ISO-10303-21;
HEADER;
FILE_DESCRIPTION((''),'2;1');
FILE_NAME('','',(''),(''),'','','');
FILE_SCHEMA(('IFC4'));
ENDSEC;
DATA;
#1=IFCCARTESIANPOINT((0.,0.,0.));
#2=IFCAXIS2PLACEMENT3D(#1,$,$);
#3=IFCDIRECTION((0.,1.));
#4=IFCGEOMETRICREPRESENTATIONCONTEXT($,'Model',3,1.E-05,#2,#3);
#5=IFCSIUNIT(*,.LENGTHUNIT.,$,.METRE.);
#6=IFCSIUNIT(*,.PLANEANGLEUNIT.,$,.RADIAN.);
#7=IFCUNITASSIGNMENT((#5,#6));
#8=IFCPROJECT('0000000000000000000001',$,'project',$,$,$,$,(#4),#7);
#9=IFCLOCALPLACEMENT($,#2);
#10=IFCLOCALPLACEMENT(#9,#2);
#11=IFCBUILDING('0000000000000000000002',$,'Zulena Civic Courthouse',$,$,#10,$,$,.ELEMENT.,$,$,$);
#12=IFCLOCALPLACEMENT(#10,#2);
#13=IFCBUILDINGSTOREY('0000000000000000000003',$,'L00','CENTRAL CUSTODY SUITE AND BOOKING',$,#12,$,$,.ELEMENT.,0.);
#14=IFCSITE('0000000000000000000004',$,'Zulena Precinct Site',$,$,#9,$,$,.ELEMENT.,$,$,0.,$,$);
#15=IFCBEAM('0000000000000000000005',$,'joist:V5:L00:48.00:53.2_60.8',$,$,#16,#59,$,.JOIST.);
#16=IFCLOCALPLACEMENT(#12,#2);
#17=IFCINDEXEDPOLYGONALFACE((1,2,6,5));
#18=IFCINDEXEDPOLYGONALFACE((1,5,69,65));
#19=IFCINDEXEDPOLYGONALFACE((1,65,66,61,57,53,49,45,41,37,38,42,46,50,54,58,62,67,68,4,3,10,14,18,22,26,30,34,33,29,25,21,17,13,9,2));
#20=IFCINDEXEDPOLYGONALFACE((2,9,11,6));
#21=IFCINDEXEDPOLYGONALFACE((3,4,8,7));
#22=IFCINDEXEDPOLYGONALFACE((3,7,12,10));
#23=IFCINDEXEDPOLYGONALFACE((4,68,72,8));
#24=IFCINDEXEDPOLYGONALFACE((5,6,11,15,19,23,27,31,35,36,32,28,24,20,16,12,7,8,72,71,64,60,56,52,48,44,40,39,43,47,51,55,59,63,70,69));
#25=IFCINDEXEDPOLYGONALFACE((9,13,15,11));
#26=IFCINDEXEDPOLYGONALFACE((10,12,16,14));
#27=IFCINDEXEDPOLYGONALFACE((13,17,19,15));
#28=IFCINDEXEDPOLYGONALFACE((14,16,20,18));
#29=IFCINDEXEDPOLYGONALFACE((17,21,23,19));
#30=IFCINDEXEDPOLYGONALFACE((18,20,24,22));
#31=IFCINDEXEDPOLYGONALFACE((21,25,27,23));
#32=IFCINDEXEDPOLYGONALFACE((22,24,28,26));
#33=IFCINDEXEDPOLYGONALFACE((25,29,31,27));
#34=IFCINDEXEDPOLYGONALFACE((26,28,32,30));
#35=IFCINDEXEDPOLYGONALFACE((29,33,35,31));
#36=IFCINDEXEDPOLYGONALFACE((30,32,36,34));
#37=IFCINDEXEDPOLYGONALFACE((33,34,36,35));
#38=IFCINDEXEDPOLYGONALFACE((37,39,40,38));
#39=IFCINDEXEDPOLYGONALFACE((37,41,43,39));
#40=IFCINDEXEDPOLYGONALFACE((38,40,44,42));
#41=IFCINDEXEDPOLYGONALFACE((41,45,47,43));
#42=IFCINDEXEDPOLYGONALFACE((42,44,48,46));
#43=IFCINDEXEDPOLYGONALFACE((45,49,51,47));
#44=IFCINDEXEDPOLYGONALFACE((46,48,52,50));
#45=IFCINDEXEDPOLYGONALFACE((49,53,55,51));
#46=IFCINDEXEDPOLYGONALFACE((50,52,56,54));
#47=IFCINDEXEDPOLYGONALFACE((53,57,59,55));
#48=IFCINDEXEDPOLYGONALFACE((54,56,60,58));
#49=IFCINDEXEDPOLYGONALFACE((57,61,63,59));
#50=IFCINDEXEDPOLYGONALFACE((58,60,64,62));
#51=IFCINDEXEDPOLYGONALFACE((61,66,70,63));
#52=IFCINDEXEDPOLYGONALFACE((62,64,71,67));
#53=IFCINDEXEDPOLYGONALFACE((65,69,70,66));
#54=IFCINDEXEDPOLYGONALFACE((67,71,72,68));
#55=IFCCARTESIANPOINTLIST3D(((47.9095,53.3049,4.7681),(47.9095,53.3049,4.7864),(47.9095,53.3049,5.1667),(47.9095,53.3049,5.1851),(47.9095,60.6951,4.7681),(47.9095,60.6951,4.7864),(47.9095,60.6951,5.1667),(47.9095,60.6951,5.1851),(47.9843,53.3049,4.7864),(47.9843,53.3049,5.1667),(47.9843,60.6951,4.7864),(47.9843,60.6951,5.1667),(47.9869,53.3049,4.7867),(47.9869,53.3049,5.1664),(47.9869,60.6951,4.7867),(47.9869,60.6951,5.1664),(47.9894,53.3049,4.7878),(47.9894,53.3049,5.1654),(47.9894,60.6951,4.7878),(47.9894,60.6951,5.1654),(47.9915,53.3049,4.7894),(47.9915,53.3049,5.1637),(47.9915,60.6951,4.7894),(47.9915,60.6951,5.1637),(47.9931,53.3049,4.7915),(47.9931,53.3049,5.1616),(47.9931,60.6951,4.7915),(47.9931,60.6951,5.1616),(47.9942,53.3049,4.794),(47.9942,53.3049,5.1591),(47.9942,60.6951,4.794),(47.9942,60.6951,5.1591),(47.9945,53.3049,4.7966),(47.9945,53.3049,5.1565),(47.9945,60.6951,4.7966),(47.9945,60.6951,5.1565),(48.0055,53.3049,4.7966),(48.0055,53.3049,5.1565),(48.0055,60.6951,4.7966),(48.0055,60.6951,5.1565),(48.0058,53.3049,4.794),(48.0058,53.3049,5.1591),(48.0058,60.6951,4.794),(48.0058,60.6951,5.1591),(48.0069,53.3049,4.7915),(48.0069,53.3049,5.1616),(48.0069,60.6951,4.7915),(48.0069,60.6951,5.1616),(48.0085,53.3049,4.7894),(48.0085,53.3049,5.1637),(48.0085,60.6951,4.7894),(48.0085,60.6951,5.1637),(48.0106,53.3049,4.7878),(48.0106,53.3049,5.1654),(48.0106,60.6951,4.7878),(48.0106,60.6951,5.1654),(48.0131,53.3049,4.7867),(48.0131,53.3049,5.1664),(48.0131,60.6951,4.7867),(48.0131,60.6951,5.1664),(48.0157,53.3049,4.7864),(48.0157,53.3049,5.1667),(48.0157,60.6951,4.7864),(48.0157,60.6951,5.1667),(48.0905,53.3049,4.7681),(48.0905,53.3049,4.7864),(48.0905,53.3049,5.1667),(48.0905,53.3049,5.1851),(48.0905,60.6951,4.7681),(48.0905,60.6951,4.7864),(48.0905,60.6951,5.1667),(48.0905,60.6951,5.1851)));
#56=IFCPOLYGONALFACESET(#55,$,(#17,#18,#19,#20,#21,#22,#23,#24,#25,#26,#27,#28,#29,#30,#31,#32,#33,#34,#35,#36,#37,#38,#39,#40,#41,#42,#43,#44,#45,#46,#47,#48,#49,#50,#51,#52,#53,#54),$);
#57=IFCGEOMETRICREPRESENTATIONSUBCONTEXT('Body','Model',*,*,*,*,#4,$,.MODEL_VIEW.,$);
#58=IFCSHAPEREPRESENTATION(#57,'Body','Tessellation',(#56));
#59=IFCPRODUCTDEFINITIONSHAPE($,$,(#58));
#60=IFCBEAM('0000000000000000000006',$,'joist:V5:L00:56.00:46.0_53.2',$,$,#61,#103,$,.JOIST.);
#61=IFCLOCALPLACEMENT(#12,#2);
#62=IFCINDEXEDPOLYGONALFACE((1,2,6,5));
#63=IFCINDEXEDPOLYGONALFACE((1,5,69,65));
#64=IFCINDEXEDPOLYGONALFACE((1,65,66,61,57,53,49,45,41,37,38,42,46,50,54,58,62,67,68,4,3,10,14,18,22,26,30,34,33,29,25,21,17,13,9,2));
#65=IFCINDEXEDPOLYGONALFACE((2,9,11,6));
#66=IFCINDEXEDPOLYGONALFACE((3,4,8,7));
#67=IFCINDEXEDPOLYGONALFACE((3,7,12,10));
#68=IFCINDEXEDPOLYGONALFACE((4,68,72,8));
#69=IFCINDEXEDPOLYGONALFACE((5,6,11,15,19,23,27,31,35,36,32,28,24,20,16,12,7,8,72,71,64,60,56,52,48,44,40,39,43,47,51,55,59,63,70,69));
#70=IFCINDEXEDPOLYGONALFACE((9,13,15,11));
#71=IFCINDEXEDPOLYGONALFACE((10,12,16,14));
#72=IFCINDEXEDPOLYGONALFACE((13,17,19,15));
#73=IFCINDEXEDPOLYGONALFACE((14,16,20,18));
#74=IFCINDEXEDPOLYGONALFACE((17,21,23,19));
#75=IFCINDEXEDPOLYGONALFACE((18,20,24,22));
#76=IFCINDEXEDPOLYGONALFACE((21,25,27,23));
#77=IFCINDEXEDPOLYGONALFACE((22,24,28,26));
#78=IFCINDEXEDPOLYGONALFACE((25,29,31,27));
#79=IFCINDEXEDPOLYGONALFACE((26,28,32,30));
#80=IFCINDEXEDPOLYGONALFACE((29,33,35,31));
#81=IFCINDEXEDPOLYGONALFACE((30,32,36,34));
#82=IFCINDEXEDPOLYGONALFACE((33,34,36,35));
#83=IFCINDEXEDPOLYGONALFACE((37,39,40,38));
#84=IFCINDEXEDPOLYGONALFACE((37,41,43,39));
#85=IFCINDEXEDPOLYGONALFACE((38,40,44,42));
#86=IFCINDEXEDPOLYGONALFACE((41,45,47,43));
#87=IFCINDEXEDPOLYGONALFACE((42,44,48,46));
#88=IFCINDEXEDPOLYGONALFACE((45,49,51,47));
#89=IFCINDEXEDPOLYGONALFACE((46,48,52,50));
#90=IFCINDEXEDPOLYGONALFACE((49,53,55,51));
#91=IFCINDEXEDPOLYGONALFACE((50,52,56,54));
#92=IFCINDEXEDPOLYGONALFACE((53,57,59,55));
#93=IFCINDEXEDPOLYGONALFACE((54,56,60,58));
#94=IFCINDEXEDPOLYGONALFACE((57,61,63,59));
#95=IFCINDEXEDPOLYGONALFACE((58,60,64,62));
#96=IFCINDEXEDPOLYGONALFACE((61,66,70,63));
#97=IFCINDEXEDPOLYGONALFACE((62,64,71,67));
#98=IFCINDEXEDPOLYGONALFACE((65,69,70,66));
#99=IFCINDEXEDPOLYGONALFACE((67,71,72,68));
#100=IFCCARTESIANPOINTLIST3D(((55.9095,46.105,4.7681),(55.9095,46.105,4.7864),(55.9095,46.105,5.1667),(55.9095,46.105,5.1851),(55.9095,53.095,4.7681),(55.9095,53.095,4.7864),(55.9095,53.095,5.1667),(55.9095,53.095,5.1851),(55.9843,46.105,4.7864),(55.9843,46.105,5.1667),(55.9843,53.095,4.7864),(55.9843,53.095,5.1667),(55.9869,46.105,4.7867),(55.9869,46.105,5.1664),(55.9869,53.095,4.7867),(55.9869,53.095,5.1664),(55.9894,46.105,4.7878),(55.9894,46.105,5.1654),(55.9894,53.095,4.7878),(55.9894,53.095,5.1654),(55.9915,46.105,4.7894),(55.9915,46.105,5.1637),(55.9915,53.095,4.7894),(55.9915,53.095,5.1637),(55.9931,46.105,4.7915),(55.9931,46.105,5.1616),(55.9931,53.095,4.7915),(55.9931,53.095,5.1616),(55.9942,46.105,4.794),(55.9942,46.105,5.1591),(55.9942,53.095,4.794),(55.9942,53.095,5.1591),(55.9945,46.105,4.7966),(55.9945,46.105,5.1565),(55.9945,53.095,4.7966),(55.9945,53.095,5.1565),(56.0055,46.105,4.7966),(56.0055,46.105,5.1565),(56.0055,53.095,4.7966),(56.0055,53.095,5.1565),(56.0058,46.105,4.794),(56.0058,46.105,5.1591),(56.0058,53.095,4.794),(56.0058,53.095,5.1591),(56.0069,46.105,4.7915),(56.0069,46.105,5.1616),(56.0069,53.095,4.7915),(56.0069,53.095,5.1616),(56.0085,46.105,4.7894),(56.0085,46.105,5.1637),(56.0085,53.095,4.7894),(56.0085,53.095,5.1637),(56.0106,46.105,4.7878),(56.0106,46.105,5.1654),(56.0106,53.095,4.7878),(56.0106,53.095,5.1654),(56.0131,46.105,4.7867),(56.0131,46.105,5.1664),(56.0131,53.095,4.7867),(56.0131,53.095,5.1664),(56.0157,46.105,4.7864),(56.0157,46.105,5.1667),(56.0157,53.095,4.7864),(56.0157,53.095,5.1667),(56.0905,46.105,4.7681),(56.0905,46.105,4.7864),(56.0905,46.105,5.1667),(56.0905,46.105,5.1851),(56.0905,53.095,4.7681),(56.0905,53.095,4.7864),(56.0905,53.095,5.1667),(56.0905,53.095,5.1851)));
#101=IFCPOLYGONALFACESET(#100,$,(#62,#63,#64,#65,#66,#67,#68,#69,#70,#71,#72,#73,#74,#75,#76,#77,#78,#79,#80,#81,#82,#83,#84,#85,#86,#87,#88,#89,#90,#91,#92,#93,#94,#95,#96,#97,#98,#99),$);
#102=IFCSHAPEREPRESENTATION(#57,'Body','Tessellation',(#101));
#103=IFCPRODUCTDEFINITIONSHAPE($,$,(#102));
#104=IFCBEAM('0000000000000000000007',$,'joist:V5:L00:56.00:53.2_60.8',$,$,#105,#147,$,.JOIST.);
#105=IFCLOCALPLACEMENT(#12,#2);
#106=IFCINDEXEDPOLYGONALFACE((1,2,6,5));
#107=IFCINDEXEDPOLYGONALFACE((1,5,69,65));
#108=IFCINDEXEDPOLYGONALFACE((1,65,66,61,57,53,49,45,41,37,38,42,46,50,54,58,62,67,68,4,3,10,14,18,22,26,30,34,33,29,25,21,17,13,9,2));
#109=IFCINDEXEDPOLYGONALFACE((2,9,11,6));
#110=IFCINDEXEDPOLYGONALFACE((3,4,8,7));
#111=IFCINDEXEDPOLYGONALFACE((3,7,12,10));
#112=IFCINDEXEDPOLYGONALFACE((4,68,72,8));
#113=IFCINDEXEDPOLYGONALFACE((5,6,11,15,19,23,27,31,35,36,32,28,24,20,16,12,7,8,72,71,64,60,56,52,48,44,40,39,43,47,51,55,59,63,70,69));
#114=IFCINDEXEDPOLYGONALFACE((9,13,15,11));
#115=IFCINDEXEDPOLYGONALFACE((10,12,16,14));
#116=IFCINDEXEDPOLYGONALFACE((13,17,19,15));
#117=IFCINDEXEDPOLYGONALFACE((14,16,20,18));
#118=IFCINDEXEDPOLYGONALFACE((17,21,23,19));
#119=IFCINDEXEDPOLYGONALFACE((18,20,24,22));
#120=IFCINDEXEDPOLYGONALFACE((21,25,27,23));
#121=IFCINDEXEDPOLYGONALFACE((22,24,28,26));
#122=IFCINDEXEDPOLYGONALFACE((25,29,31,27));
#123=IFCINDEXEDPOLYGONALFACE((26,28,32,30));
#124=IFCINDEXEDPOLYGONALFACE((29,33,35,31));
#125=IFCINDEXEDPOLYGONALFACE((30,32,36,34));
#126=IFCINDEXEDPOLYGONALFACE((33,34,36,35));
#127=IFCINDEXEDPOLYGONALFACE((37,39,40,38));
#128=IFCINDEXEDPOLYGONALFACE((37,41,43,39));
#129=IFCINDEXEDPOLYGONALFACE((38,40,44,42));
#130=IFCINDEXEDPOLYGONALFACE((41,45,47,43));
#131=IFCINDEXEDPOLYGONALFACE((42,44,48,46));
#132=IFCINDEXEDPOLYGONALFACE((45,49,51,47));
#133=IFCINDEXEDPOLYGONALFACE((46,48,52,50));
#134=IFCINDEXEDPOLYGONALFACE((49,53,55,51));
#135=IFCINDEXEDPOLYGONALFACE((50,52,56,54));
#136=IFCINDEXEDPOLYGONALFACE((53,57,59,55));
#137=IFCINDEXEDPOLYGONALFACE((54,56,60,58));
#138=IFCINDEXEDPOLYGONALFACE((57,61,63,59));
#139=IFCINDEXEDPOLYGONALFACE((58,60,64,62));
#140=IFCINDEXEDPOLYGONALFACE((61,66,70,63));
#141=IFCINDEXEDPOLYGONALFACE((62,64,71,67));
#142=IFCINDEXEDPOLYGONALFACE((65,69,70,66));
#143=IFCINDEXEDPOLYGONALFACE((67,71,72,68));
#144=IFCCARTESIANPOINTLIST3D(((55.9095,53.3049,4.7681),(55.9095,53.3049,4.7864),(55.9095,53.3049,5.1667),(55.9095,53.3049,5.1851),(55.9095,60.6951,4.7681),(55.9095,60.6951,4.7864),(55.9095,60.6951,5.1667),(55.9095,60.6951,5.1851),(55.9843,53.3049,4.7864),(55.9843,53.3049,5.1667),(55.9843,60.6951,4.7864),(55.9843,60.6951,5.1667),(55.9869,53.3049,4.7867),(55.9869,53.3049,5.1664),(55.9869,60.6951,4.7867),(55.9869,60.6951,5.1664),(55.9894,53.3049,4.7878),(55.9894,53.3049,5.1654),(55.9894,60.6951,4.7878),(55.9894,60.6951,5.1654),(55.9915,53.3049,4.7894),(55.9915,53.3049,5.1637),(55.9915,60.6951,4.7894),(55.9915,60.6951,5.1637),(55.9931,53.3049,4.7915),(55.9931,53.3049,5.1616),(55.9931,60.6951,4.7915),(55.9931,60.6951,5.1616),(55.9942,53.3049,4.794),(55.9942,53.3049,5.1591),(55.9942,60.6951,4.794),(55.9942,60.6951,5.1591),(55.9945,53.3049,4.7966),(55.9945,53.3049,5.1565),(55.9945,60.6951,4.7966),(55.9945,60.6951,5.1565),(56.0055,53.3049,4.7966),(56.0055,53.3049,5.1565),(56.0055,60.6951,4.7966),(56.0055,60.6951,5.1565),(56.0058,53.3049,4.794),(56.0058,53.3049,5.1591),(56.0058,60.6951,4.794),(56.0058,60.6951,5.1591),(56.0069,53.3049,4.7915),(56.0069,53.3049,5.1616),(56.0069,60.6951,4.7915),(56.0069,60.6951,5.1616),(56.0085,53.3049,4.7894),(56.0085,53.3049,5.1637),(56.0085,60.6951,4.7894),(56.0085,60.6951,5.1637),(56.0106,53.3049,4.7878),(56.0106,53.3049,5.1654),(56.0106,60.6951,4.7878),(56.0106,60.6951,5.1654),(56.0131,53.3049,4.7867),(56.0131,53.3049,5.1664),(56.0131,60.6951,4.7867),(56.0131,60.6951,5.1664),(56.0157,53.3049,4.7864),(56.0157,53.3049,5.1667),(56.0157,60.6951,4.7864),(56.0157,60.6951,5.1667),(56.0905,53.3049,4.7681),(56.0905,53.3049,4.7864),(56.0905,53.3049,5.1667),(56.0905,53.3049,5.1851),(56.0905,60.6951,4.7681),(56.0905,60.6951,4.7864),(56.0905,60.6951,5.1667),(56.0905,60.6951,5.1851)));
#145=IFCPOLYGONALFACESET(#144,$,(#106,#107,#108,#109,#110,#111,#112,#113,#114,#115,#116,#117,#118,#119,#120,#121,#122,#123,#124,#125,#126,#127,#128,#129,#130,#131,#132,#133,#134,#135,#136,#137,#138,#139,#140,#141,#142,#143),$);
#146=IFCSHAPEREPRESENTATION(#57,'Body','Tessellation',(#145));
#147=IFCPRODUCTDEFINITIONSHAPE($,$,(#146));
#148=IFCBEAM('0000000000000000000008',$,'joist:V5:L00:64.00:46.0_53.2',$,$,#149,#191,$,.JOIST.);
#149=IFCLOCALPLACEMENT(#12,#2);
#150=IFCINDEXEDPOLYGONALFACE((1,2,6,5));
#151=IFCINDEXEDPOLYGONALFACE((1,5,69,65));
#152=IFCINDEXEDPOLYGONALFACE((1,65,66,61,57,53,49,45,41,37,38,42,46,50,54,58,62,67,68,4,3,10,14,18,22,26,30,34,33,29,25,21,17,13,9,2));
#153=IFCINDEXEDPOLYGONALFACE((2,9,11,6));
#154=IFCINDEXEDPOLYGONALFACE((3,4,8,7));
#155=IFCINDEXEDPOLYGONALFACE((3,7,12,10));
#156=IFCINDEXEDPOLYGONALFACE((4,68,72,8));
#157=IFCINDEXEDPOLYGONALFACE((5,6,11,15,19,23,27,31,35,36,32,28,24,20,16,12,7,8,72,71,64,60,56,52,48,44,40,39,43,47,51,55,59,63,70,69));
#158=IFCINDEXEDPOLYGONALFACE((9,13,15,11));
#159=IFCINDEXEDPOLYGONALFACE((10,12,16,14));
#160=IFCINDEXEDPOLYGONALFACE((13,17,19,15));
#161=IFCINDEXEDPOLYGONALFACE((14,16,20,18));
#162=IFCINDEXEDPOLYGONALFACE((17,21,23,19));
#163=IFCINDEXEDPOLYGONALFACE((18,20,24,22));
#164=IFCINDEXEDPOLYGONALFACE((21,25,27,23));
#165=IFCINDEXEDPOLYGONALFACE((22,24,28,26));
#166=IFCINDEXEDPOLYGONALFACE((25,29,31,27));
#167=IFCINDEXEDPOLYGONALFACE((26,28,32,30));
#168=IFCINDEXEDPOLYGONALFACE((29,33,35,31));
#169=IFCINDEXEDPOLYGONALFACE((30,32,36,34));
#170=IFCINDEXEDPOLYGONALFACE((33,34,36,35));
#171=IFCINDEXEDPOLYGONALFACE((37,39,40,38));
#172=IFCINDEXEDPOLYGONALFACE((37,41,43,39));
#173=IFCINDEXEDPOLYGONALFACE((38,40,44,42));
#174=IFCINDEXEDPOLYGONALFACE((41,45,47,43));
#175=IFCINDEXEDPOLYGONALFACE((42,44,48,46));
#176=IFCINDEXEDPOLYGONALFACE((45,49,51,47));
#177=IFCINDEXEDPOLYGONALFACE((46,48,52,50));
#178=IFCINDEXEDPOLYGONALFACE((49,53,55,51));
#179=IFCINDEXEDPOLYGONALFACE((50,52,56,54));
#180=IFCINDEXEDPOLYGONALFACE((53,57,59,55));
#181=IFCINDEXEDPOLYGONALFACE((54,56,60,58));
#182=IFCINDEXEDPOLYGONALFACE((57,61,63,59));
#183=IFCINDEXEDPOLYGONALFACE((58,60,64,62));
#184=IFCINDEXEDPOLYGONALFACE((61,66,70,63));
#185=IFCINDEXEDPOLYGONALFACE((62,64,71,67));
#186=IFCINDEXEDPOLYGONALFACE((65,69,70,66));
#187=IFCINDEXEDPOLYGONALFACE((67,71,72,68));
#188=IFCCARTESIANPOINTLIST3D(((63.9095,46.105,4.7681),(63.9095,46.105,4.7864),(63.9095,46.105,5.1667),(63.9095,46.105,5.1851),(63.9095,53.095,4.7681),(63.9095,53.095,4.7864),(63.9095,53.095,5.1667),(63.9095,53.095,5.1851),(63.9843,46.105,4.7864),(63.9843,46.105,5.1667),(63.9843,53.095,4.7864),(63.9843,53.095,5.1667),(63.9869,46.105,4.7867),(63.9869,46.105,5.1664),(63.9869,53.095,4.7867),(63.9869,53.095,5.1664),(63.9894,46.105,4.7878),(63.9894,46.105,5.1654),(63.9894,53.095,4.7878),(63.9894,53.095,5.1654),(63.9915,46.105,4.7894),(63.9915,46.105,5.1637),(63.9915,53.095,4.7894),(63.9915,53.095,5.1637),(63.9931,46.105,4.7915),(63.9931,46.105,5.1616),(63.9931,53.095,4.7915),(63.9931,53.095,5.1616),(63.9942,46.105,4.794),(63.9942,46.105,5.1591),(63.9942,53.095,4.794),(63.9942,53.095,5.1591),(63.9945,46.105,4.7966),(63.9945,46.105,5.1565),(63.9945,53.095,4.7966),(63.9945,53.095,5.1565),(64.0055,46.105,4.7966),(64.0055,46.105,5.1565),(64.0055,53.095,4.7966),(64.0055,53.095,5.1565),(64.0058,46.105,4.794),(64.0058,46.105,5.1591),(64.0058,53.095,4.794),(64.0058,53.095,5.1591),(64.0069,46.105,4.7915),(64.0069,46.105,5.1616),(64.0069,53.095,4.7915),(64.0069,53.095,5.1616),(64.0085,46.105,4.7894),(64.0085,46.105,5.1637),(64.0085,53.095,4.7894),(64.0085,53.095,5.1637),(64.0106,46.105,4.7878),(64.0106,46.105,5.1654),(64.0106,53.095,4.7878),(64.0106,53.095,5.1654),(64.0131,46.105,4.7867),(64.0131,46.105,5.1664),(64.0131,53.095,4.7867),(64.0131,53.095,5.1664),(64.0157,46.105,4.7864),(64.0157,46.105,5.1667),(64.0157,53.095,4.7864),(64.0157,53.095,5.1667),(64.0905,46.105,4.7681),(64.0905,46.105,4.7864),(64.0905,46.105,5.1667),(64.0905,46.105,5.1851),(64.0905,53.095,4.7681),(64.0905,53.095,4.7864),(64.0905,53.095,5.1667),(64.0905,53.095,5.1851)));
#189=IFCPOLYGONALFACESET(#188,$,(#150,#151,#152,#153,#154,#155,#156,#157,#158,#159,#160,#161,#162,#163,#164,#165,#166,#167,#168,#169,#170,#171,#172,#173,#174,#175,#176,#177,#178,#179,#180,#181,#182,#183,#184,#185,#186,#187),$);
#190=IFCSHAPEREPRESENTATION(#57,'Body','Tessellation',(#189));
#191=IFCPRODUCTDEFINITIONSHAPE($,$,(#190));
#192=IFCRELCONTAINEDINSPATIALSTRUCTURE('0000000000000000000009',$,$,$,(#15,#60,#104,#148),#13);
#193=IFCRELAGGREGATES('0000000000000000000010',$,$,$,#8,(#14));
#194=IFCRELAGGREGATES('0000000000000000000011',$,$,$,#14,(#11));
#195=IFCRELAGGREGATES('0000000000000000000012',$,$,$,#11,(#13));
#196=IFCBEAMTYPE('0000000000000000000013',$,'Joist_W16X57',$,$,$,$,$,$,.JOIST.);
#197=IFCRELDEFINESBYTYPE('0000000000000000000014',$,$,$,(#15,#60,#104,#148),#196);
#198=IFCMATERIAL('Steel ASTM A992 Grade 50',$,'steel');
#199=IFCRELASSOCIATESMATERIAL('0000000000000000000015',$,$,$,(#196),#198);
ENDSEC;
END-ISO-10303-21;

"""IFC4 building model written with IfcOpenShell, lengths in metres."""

from ifc_helpers import new_model, si_unit, direction, frame, origin, origin_2d, place, context, subcontext, project, spatial, i_section, extrude, material, material_profile, profile_set, type_object, element, save


model = new_model("IFC4")

# Units and contexts
model_context = context("Model", 3, precision=1e-05, world=origin(), true_north=direction((0.0, 1.0)))
body_context = subcontext(model_context, "Body", "Model", "MODEL_VIEW")
ifc_project = project(units=[si_unit("LENGTHUNIT", "METRE"), si_unit("PLANEANGLEUNIT", "RADIAN")], contexts=[model_context])

# Site, building, storey
site_placement = place(None, origin())
site = spatial("IfcSite", under=ifc_project, at=site_placement, Name="Zulena Precinct Site", CompositionType="ELEMENT", RefElevation=0.0)
building_placement = place(site_placement, origin())
building = spatial("IfcBuilding", under=site, at=building_placement, Name="Zulena Civic Courthouse", CompositionType="ELEMENT")
storey_placement = place(building_placement, origin())
storey = spatial("IfcBuildingStorey", under=building, at=storey_placement, Name="L00", Description="CENTRAL CUSTODY SUITE AND BOOKING", CompositionType="ELEMENT", Elevation=0.0)

# Shared definitions
ifc_material_1 = material(Name="Steel ASTM A992 Grade 50", Category="steel")

# Beams
ifc_material_profile_1 = material_profile(ifc_material_1, i_section(OverallWidth=0.1809, OverallDepth=0.417, WebThickness=0.011, FlangeThickness=0.0183, FilletRadius=0.0103, at=origin_2d()), Name="W16X57")
ifc_profile_set_1 = profile_set([ifc_material_profile_1], Name="Steel ASTM A992 Grade 50")
beam_type_1 = type_object("IfcBeamType", Name="Joist_W16X57", PredefinedType="JOIST", material=ifc_profile_set_1)
beam_1_placement = place(storey_placement, frame((48.0, 53.3049, 4.9766), z_axis=(0.0, 1.0, 0.0), x_axis=(-1.0, 0.0, 0.0)))
element("IfcBeam", 1, at=beam_1_placement, inside=storey, type_object=beam_type_1, Name="joist:V5:L00:48.00:53.2_60.8", PredefinedType="JOIST", context=body_context, shape_type="SweptSolid", body=[
    extrude(i_section(OverallWidth=0.1809, OverallDepth=0.417, WebThickness=0.011, FlangeThickness=0.0183, FilletRadius=0.0103, at=origin_2d()), origin(), (0.0, 0.0, 1.0), 7.3901),
])
beam_2_placement = place(storey_placement, frame((56.0, 46.105, 4.9766), z_axis=(0.0, 1.0, 0.0), x_axis=(-1.0, 0.0, 0.0)))
element("IfcBeam", 2, at=beam_2_placement, inside=storey, type_object=beam_type_1, Name="joist:V5:L00:56.00:46.0_53.2", PredefinedType="JOIST", context=body_context, shape_type="SweptSolid", body=[
    extrude(i_section(OverallWidth=0.1809, OverallDepth=0.417, WebThickness=0.011, FlangeThickness=0.0183, FilletRadius=0.0103, at=origin_2d()), origin(), (0.0, 0.0, 1.0), 6.99),
])
beam_3_placement = place(storey_placement, frame((56.0, 53.3049, 4.9766), z_axis=(0.0, 1.0, 0.0), x_axis=(-1.0, 0.0, 0.0)))
element("IfcBeam", 3, at=beam_3_placement, inside=storey, type_object=beam_type_1, Name="joist:V5:L00:56.00:53.2_60.8", PredefinedType="JOIST", context=body_context, shape_type="SweptSolid", body=[
    extrude(i_section(OverallWidth=0.1809, OverallDepth=0.417, WebThickness=0.011, FlangeThickness=0.0183, FilletRadius=0.0103, at=origin_2d()), origin(), (0.0, 0.0, 1.0), 7.3901),
])
beam_4_placement = place(storey_placement, frame((64.0, 46.105, 4.9766), z_axis=(0.0, 1.0, 0.0), x_axis=(-1.0, 0.0, 0.0)))
element("IfcBeam", 4, at=beam_4_placement, inside=storey, type_object=beam_type_1, Name="joist:V5:L00:64.00:46.0_53.2", PredefinedType="JOIST", context=body_context, shape_type="SweptSolid", body=[
    extrude(i_section(OverallWidth=0.1809, OverallDepth=0.417, WebThickness=0.011, FlangeThickness=0.0183, FilletRadius=0.0103, at=origin_2d()), origin(), (0.0, 0.0, 1.0), 6.99),
])

save(model, "model.ifc")
